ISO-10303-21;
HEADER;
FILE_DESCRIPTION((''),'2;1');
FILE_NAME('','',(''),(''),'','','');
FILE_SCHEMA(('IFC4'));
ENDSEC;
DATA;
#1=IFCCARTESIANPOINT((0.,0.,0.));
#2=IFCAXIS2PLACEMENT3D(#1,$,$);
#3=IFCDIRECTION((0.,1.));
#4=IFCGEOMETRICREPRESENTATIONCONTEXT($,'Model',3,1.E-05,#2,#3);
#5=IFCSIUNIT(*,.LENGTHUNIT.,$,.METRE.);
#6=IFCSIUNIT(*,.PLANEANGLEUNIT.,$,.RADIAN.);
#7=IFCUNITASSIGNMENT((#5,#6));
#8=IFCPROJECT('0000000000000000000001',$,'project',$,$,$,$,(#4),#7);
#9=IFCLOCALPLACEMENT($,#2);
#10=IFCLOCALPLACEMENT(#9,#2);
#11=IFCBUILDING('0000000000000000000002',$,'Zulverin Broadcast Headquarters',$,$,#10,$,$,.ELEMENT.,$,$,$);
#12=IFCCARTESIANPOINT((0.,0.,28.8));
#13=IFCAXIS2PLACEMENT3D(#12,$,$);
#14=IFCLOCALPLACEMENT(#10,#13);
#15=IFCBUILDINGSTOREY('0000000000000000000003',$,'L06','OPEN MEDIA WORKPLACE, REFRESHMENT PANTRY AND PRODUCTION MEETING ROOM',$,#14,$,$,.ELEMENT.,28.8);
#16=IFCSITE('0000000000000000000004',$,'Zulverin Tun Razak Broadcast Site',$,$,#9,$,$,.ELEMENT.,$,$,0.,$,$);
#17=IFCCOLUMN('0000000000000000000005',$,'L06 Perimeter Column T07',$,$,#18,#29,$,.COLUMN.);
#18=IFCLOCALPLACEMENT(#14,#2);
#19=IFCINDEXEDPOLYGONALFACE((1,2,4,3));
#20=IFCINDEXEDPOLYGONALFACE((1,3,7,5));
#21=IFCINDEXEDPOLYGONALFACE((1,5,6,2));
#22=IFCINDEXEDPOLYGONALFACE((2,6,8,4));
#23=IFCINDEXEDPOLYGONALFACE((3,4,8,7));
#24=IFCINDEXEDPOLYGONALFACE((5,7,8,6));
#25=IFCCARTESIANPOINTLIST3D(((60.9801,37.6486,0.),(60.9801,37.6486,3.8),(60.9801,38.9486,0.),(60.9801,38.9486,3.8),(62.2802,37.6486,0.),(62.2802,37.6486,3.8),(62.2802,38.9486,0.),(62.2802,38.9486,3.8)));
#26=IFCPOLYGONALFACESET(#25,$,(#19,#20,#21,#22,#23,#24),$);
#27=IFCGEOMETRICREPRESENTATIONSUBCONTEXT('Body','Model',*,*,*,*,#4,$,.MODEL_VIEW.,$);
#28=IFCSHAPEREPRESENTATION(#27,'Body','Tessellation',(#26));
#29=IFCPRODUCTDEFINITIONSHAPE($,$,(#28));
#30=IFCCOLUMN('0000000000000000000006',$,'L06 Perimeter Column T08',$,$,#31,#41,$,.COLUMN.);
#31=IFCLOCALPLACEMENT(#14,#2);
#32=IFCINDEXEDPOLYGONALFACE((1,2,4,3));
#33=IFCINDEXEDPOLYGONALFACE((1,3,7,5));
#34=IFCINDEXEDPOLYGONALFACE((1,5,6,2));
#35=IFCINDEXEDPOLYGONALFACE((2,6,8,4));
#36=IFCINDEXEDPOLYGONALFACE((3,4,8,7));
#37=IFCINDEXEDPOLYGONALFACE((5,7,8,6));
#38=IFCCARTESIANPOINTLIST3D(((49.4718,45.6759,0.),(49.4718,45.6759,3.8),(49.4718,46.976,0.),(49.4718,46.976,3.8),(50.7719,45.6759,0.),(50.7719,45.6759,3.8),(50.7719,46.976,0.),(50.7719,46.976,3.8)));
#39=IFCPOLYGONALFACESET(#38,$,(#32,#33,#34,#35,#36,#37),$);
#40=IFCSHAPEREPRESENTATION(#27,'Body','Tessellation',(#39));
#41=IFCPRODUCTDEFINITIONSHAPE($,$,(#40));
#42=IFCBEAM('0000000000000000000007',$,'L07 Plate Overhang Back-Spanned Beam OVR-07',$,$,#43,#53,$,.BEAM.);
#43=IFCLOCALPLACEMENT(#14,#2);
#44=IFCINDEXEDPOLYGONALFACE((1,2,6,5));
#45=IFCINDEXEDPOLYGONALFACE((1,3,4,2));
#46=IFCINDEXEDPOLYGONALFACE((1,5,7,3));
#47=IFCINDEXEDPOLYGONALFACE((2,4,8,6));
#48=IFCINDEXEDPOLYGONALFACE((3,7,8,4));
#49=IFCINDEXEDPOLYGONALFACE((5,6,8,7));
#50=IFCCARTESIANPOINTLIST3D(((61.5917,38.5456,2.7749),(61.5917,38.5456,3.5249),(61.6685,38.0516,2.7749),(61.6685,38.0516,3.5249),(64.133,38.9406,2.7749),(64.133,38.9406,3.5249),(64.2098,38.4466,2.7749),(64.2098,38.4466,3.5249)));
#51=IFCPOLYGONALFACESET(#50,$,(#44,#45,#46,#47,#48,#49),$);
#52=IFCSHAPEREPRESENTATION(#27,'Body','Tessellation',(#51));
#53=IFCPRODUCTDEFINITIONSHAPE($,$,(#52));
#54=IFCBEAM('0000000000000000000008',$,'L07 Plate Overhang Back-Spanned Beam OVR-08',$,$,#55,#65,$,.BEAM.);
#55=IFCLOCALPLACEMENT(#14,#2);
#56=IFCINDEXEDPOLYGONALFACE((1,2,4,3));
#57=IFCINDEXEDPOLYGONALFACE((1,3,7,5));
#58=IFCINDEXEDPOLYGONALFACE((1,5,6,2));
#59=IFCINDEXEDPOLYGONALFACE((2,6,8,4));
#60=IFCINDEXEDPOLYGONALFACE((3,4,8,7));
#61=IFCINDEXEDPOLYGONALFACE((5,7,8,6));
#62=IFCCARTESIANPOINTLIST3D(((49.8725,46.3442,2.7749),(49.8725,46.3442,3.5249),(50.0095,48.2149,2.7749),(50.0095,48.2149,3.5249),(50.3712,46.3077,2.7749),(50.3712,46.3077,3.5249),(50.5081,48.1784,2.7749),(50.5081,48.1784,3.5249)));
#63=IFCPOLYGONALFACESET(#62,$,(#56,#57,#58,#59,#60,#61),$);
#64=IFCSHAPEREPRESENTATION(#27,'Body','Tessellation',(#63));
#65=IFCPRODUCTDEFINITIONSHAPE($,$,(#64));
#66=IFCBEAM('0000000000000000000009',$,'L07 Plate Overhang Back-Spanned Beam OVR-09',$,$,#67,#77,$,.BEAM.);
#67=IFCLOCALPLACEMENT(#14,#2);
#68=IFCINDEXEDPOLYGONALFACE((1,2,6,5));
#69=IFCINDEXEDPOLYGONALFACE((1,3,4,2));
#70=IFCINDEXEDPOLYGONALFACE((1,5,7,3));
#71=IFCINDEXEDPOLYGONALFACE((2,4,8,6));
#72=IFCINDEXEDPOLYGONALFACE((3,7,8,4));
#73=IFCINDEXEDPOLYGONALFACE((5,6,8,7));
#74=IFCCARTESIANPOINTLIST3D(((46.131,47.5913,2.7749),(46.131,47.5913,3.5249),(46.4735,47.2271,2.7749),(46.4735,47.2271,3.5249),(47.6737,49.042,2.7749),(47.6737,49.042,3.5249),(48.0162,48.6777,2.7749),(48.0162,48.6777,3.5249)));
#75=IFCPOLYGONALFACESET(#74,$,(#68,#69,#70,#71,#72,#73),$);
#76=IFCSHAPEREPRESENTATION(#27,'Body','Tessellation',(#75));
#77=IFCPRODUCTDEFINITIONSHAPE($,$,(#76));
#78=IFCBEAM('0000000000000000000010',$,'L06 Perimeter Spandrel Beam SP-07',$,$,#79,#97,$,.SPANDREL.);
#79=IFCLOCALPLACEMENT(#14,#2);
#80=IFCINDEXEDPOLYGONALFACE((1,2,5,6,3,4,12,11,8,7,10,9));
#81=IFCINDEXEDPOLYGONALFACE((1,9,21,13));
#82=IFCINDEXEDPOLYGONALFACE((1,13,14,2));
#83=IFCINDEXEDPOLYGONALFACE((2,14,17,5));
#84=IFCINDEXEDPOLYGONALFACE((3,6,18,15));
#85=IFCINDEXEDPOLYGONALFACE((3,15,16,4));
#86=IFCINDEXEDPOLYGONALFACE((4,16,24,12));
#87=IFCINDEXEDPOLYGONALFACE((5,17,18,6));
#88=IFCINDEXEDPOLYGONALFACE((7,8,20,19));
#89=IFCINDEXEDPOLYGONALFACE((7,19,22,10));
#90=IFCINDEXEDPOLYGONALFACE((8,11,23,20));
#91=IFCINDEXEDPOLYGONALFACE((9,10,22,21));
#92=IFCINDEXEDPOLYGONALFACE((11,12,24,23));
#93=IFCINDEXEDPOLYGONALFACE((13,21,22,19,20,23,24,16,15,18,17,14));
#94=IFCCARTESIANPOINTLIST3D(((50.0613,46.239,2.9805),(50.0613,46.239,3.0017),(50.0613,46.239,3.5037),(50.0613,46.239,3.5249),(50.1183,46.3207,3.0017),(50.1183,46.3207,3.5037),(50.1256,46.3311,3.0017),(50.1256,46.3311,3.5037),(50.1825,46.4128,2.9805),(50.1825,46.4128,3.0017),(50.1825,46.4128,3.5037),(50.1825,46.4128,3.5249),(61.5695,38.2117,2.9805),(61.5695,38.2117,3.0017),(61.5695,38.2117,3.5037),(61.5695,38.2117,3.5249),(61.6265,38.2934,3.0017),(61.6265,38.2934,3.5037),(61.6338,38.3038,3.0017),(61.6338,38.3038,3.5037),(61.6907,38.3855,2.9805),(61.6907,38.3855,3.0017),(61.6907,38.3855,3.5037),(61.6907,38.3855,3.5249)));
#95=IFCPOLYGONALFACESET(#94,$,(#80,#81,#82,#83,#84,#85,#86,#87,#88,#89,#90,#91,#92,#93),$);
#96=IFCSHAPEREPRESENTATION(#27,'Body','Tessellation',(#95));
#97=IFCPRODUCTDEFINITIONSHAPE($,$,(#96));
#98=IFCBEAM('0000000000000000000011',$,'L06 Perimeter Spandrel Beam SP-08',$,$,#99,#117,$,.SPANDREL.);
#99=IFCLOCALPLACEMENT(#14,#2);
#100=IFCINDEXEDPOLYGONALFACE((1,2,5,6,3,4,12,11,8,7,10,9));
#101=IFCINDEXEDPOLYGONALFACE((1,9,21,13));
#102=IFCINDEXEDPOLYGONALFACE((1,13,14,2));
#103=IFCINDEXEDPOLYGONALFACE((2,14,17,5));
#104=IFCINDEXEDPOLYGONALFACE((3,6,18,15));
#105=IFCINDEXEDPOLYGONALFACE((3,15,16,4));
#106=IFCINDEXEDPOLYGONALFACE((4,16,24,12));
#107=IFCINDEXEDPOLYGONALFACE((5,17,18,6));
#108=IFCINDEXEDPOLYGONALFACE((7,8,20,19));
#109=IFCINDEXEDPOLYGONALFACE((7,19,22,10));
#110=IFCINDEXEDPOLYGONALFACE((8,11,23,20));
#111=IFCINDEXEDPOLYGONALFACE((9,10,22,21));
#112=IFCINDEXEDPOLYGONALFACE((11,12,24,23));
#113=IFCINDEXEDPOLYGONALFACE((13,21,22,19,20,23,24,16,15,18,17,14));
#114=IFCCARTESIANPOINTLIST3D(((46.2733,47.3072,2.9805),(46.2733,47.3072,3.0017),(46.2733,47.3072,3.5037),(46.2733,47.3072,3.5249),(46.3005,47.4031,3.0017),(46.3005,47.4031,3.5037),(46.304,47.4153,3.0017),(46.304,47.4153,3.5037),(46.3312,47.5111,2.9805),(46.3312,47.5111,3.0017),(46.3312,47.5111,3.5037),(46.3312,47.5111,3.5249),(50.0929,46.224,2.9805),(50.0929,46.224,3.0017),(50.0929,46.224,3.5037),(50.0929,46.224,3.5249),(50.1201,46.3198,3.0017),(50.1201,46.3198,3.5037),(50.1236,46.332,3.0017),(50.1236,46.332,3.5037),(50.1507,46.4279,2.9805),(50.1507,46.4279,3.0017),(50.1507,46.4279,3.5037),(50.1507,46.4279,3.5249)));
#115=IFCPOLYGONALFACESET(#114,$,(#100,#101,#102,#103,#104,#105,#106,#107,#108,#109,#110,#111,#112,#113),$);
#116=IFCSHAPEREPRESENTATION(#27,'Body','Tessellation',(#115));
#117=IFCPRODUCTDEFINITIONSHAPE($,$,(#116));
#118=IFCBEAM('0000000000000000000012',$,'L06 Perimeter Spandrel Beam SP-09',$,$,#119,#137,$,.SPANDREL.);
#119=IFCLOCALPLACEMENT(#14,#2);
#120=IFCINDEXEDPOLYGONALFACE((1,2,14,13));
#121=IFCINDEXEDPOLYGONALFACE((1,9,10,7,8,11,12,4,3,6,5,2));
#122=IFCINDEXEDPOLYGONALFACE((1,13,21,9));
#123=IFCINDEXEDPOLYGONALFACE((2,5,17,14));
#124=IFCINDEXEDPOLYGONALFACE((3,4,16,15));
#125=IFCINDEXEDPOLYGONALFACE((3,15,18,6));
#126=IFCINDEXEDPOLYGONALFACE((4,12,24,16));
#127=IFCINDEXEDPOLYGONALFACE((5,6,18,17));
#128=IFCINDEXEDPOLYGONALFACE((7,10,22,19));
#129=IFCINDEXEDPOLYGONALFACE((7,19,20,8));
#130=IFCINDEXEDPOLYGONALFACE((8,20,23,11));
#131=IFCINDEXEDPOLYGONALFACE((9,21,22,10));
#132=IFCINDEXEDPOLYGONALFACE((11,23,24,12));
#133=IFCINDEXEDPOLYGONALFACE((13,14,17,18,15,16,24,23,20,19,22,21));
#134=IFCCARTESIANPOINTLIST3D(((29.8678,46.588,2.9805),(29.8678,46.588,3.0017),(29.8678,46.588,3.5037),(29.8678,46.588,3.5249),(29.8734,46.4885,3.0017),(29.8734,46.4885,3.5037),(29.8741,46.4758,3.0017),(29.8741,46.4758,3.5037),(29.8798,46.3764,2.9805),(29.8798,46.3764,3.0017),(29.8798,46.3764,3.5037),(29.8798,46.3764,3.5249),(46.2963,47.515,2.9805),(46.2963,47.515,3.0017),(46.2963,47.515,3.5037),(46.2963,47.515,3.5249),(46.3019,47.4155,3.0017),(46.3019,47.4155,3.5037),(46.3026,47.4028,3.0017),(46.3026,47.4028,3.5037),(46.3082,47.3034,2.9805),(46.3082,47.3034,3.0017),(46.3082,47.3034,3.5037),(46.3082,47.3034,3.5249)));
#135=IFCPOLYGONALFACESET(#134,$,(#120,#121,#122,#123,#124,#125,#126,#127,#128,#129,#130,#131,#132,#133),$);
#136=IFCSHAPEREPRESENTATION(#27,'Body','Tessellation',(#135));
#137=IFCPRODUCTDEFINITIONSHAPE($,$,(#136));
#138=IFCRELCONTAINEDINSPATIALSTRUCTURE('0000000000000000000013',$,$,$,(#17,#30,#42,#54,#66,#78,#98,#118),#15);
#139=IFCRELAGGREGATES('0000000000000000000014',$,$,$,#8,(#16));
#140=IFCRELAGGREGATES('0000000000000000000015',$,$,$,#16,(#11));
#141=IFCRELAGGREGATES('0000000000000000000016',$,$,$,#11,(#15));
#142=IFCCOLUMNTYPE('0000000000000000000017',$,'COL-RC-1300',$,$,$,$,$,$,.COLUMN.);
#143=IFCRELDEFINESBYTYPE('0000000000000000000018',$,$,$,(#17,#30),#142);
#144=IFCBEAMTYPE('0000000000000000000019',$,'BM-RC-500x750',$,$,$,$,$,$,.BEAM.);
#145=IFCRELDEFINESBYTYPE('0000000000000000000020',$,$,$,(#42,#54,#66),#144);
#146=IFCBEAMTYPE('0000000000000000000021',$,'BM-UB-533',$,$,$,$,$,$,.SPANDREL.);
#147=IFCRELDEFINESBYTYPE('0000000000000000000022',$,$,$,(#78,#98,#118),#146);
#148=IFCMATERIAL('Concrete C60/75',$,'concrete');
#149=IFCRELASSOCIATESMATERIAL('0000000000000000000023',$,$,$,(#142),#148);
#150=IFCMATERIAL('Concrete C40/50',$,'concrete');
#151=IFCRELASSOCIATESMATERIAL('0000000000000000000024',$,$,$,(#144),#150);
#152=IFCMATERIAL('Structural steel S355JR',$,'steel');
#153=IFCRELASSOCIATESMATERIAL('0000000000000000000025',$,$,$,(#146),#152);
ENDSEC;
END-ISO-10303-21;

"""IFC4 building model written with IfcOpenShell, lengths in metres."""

from ifc_helpers import new_model, si_unit, direction, frame, origin, origin_2d, place, context, subcontext, project, spatial, rectangle, i_section, extrude, material, material_profile, profile_set, type_object, element, save


model = new_model("IFC4")

# Units and contexts
model_context = context("Model", 3, precision=1e-05, world=origin(), true_north=direction((0.0, 1.0)))
body_context = subcontext(model_context, "Body", "Model", "MODEL_VIEW")
ifc_project = project(units=[si_unit("LENGTHUNIT", "METRE"), si_unit("PLANEANGLEUNIT", "RADIAN")], contexts=[model_context])

# Site, building, storey
site_placement = place(None, origin())
site = spatial("IfcSite", under=ifc_project, at=site_placement, Name="Zulverin Tun Razak Broadcast Site", CompositionType="ELEMENT", RefElevation=0.0)
building_placement = place(site_placement, origin())
building = spatial("IfcBuilding", under=site, at=building_placement, Name="Zulverin Broadcast Headquarters", CompositionType="ELEMENT")
storey_placement = place(building_placement, frame((0.0, 0.0, 28.8)))
storey = spatial("IfcBuildingStorey", under=building, at=storey_placement, Name="L06", Description="OPEN MEDIA WORKPLACE, REFRESHMENT PANTRY AND PRODUCTION MEETING ROOM", CompositionType="ELEMENT", Elevation=28.8)

# Columns
ifc_material_1 = material(Name="Concrete C60/75", Category="concrete")
ifc_material_profile_1 = material_profile(ifc_material_1, rectangle(XDim=1.3, YDim=1.3, at=origin_2d()), Name="Concrete C60/75", Category="concrete")
ifc_profile_set_1 = profile_set([ifc_material_profile_1], Name="Concrete C60/75")
column_type = type_object("IfcColumnType", Name="COL-RC-1300", PredefinedType="COLUMN", material=ifc_profile_set_1)
for number, where, z_axis, x_axis, name in (
    (1, (61.6301, 38.2986, 0.0), (0.0, 0.0, 1.0), (1.0, 0.0, 0.0), "L06 Perimeter Column T07"),
    (2, (50.1218, 46.3259, 0.0), (0.0, 0.0, 1.0), (1.0, 0.0, 0.0), "L06 Perimeter Column T08"),
):
    element("IfcColumn", number, at=place(storey_placement, frame(where, z_axis=z_axis, x_axis=x_axis)), inside=storey, type_object=column_type, Name=name, PredefinedType="COLUMN", context=body_context, shape_type="SweptSolid", body=[
        extrude(rectangle(XDim=1.3, YDim=1.3, at=origin_2d()), origin(), (0.0, 0.0, 1.0), 3.8),
    ])

# Beams
ifc_material_2 = material(Name="Concrete C40/50", Category="concrete")
ifc_material_profile_2 = material_profile(ifc_material_2, rectangle(XDim=0.5, YDim=0.75, at=origin_2d()), Name="Concrete C40/50", Category="concrete")
ifc_profile_set_2 = profile_set([ifc_material_profile_2], Name="Concrete C40/50")
beam_type_1 = type_object("IfcBeamType", Name="BM-RC-500x750", PredefinedType="BEAM", material=ifc_profile_set_2)
beam_1_placement = place(storey_placement, frame((61.6301, 38.2986, 3.1499), z_axis=(0.988133, 0.153598, 0.0), x_axis=(-0.153598, 0.988133, 0.0)))
element("IfcBeam", 3, at=beam_1_placement, inside=storey, type_object=beam_type_1, Name="L07 Plate Overhang Back-Spanned Beam OVR-07", PredefinedType="BEAM", context=body_context, shape_type="SweptSolid", body=[
    extrude(rectangle(XDim=0.5, YDim=0.75, at=origin_2d()), origin(), (0.0, 0.0, 1.0), 2.5718),
])
beam_2_placement = place(storey_placement, frame((50.1218, 46.3259, 3.1499), z_axis=(0.073023, 0.99733, 0.0), x_axis=(-0.99733, 0.073023, 0.0)))
element("IfcBeam", 4, at=beam_2_placement, inside=storey, type_object=beam_type_1, Name="L07 Plate Overhang Back-Spanned Beam OVR-08", PredefinedType="BEAM", context=body_context, shape_type="SweptSolid", body=[
    extrude(rectangle(XDim=0.5, YDim=0.75, at=origin_2d()), origin(), (0.0, 0.0, 1.0), 1.8757),
])
beam_3_placement = place(storey_placement, frame((46.3022, 47.4092, 3.1499), z_axis=(0.728505, 0.685041, 0.0), x_axis=(-0.685041, 0.728505, 0.0)))
element("IfcBeam", 5, at=beam_3_placement, inside=storey, type_object=beam_type_1, Name="L07 Plate Overhang Back-Spanned Beam OVR-09", PredefinedType="BEAM", context=body_context, shape_type="SweptSolid", body=[
    extrude(rectangle(XDim=0.5, YDim=0.75, at=origin_2d()), origin(), (0.0, 0.0, 1.0), 2.1177),
])
ifc_material_3 = material(Name="Structural steel S355JR", Category="steel")
ifc_material_profile_3 = material_profile(ifc_material_3, i_section(OverallWidth=0.2119, OverallDepth=0.5444, WebThickness=0.0127, FlangeThickness=0.0212, at=origin_2d()), Name="Structural steel S355JR", Category="steel")
ifc_profile_set_3 = profile_set([ifc_material_profile_3], Name="Structural steel S355JR")
beam_type_2 = type_object("IfcBeamType", Name="BM-UB-533", PredefinedType="SPANDREL", material=ifc_profile_set_3)
beam_4_placement = place(storey_placement, frame((61.6301, 38.2986, 3.2527), z_axis=(-0.820184, 0.5721, 0.0), x_axis=(-0.5721, -0.820184, 0.0)))
element("IfcBeam", 6, at=beam_4_placement, inside=storey, type_object=beam_type_2, Name="L06 Perimeter Spandrel Beam SP-07", PredefinedType="SPANDREL", context=body_context, shape_type="SweptSolid", body=[
    extrude(i_section(OverallWidth=0.2119, OverallDepth=0.5444, WebThickness=0.0127, FlangeThickness=0.0212, at=origin_2d()), origin(), (0.0, 0.0, 1.0), 14.0312),
])
beam_5_placement = place(storey_placement, frame((50.1218, 46.3259, 3.2527), z_axis=(-0.962058, 0.272844, 0.0), x_axis=(-0.272844, -0.962058, 0.0)))
element("IfcBeam", 7, at=beam_5_placement, inside=storey, type_object=beam_type_2, Name="L06 Perimeter Spandrel Beam SP-08", PredefinedType="SPANDREL", context=body_context, shape_type="SweptSolid", body=[
    extrude(i_section(OverallWidth=0.2119, OverallDepth=0.5444, WebThickness=0.0127, FlangeThickness=0.0212, at=origin_2d()), origin(), (0.0, 0.0, 1.0), 3.9702),
])
beam_6_placement = place(storey_placement, frame((46.3022, 47.4092, 3.2527), z_axis=(-0.998412, -0.056337, 0.0), x_axis=(0.056337, -0.998412, 0.0)))
element("IfcBeam", 8, at=beam_6_placement, inside=storey, type_object=beam_type_2, Name="L06 Perimeter Spandrel Beam SP-09", PredefinedType="SPANDREL", context=body_context, shape_type="SweptSolid", body=[
    extrude(i_section(OverallWidth=0.2119, OverallDepth=0.5444, WebThickness=0.0127, FlangeThickness=0.0212, at=origin_2d()), origin(), (0.0, 0.0, 1.0), 16.4546),
])

save(model, "model.ifc")
